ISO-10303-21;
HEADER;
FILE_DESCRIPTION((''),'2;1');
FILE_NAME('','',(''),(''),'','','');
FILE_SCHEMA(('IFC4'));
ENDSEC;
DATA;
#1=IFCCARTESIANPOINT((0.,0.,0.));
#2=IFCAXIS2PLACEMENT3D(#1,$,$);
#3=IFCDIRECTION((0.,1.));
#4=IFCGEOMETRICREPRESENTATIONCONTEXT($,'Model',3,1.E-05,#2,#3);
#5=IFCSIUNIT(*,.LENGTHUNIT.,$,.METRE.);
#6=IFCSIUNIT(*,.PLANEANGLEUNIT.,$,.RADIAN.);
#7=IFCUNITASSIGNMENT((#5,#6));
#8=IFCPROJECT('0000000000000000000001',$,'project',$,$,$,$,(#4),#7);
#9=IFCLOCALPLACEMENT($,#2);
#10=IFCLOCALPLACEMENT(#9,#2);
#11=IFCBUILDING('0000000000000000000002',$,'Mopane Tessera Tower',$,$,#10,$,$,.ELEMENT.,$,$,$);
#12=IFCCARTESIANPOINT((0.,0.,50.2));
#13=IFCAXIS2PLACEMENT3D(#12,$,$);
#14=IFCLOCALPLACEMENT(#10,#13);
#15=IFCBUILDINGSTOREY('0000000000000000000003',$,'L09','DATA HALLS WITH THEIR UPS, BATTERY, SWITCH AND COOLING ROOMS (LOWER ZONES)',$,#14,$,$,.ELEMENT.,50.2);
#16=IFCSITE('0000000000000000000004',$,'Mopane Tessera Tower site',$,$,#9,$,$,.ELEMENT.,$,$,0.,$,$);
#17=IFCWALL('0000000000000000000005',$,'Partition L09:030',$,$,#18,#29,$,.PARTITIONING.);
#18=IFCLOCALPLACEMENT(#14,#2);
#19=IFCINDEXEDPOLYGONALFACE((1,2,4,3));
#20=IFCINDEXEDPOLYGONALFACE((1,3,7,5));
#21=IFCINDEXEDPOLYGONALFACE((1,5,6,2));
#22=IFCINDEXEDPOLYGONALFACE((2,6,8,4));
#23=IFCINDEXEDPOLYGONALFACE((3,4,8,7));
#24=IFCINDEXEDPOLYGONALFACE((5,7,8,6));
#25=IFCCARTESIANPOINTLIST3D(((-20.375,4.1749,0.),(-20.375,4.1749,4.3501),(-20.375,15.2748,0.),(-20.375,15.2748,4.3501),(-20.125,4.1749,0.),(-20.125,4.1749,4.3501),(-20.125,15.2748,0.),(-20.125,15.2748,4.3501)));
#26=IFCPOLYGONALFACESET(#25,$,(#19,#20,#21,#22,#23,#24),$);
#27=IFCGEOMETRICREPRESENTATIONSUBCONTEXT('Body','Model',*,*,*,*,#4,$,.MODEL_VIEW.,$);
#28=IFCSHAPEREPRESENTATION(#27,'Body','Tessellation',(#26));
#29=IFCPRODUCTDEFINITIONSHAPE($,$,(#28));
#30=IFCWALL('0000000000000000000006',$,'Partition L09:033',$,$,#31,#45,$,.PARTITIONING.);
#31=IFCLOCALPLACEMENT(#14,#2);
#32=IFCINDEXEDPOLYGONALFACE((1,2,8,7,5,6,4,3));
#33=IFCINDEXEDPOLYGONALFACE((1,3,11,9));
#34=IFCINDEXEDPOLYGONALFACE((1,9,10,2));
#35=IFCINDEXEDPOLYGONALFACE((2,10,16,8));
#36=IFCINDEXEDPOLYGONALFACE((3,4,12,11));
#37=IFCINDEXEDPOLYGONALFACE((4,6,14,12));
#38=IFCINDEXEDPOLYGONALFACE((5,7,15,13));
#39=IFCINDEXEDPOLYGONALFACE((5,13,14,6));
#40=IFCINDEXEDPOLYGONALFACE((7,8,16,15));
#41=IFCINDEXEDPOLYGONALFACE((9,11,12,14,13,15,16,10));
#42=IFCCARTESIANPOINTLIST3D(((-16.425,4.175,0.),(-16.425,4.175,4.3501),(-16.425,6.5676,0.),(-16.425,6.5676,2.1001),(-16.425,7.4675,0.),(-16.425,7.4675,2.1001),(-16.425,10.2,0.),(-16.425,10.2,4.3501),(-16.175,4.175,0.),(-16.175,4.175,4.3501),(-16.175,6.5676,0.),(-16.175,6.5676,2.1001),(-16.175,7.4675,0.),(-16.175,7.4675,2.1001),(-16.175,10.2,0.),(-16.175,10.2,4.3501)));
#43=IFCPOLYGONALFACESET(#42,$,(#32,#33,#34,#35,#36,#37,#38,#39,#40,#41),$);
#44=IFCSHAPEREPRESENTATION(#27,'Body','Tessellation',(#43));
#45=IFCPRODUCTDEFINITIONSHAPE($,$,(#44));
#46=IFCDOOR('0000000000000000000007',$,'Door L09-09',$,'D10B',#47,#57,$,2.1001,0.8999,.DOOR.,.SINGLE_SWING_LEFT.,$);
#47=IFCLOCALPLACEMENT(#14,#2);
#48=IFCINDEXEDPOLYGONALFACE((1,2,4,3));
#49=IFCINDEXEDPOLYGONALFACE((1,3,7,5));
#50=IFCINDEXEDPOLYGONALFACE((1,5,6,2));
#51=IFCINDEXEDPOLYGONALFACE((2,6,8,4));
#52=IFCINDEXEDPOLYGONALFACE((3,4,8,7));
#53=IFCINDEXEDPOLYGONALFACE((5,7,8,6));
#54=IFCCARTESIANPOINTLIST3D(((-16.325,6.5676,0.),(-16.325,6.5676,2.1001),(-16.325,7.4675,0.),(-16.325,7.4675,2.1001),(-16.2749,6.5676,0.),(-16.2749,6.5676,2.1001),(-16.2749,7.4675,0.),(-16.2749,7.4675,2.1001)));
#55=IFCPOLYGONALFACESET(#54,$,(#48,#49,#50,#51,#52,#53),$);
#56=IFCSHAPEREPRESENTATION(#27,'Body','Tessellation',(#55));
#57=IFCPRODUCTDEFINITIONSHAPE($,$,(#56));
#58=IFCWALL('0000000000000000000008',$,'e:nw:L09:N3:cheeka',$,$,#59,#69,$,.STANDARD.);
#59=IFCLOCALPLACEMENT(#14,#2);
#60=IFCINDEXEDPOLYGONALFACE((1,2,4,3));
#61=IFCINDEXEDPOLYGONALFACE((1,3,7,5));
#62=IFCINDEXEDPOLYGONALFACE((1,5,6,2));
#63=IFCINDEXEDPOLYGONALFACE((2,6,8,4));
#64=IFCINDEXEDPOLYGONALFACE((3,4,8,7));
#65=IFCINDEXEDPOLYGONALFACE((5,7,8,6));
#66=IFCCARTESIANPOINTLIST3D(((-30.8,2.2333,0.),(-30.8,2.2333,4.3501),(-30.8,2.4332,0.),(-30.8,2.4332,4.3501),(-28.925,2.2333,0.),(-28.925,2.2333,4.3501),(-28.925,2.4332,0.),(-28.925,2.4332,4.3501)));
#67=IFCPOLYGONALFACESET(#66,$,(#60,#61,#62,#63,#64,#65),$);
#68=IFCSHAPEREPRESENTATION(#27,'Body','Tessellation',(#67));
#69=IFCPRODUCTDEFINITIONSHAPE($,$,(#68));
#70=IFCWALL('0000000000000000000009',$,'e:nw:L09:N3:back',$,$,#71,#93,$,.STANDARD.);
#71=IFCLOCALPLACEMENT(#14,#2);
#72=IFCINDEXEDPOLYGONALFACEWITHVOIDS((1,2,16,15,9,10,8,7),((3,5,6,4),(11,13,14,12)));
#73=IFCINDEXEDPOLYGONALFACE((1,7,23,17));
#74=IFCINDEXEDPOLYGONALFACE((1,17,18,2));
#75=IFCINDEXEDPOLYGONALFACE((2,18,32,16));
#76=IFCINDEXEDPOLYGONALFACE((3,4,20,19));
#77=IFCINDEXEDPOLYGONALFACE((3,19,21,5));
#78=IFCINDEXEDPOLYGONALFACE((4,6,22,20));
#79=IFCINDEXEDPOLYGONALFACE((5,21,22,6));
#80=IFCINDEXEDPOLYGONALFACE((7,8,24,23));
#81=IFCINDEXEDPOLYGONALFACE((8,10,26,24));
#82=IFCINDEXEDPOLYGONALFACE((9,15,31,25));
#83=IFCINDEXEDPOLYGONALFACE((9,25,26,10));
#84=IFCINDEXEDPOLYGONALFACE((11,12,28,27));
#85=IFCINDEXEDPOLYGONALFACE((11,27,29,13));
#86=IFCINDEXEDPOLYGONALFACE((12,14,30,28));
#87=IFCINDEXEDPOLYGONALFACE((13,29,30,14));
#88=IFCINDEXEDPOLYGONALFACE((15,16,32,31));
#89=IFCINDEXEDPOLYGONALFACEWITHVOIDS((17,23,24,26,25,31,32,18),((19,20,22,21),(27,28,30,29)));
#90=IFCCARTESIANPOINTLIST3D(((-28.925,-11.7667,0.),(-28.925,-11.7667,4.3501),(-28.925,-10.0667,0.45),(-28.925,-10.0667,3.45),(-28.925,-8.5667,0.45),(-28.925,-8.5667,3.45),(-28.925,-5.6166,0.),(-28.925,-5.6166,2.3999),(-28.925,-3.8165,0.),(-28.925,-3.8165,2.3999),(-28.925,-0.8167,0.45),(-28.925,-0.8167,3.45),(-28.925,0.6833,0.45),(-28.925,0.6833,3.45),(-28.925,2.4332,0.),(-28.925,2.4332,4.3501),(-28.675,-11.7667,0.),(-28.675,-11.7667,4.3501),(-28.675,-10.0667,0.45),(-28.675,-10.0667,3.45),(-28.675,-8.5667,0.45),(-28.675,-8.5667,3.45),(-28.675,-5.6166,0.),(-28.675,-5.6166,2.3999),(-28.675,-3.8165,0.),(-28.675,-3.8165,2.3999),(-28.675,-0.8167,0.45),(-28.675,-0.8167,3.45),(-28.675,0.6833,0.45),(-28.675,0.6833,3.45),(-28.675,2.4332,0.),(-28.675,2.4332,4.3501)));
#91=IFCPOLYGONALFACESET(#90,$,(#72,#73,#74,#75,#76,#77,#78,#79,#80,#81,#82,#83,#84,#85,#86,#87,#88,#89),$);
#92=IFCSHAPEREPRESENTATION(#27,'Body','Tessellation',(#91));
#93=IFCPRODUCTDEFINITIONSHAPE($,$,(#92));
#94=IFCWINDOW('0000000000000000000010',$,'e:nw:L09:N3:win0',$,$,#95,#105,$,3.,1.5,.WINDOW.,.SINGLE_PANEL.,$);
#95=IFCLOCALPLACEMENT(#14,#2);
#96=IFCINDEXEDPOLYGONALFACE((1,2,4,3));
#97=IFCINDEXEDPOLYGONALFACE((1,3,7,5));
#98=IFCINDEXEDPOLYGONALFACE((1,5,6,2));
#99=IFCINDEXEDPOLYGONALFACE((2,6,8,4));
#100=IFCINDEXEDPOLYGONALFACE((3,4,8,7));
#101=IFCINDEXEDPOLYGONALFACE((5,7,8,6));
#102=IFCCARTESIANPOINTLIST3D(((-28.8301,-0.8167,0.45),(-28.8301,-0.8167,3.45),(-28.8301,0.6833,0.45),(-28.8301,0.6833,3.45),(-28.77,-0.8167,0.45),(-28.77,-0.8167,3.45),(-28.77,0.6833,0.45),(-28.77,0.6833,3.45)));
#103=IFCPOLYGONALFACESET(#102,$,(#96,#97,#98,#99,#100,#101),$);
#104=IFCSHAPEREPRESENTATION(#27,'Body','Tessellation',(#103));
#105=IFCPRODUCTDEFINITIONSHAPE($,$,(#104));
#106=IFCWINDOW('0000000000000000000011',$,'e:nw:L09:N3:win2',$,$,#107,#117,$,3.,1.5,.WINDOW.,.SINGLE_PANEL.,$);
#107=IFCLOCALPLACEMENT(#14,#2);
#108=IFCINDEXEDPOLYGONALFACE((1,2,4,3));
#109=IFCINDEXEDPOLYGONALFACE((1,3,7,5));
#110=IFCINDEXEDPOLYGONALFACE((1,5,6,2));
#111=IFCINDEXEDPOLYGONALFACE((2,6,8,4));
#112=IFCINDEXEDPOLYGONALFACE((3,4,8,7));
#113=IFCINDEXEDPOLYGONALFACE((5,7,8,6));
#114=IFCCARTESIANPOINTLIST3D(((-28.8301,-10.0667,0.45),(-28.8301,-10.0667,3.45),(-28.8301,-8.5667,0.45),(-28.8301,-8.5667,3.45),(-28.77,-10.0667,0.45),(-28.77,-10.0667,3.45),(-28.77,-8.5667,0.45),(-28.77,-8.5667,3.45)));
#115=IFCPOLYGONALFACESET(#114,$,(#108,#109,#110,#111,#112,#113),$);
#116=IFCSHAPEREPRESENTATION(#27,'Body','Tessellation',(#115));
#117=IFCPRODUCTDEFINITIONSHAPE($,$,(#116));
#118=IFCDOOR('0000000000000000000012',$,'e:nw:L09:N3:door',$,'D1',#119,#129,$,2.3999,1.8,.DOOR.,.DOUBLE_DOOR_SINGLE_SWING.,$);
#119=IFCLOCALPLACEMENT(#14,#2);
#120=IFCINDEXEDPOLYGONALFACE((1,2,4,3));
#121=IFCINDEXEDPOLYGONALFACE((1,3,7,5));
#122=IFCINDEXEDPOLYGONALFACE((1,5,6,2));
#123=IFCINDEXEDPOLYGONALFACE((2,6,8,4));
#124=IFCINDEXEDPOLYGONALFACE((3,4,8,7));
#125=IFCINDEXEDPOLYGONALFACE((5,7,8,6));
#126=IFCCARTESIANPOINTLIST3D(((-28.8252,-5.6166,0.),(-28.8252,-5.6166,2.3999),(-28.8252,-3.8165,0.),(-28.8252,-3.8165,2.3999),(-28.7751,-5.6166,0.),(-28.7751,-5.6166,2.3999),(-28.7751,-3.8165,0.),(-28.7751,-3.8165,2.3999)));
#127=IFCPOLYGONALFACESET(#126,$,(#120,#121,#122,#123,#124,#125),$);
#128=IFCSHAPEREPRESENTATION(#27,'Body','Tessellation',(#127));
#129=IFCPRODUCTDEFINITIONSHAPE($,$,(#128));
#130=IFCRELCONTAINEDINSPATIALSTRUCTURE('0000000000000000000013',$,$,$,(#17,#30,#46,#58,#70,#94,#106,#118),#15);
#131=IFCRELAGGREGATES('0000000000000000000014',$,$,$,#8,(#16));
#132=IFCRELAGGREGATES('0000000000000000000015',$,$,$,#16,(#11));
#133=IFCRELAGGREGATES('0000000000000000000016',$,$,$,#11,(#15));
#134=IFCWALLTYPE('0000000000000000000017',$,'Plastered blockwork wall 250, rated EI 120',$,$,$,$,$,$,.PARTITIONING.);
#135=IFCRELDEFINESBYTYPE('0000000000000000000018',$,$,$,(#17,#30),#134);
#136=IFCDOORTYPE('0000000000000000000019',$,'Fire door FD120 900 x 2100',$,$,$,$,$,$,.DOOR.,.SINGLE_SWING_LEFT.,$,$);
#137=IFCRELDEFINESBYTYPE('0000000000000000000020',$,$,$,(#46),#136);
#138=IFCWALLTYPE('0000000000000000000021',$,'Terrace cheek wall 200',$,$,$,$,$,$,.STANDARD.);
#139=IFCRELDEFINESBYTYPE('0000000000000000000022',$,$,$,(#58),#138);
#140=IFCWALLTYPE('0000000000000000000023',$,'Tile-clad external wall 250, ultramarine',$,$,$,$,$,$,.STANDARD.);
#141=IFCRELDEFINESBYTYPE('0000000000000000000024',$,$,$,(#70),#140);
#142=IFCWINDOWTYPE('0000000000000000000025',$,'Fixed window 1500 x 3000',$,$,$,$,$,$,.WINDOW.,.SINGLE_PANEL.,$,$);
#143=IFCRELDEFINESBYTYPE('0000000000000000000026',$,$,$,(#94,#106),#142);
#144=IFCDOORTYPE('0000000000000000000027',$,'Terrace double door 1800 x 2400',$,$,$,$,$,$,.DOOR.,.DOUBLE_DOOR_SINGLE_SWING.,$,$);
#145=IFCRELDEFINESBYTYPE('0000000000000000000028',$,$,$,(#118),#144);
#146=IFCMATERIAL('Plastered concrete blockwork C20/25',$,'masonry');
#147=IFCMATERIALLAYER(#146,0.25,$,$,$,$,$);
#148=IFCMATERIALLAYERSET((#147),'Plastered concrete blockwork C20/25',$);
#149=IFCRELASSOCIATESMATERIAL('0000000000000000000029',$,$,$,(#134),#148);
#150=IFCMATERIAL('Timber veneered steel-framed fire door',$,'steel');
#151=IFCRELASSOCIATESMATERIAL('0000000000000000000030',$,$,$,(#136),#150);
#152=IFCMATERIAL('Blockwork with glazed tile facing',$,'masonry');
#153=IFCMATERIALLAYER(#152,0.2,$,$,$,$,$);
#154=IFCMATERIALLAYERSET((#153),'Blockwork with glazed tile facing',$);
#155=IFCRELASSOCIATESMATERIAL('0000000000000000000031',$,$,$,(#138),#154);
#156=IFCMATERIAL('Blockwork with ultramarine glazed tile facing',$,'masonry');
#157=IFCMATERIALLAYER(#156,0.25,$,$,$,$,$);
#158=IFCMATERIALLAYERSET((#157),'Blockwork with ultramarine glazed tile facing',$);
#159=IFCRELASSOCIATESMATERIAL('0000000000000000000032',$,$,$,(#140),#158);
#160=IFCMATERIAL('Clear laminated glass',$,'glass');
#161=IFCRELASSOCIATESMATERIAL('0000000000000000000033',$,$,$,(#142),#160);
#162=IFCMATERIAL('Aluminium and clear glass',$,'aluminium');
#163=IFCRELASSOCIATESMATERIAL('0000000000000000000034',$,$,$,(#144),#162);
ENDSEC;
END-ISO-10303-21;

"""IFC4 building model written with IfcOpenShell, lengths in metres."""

from ifc_helpers import new_model, si_unit, direction, frame, frame_2d, origin, place, context, subcontext, project, spatial, rectangle, extrude, material, layer, layer_set, type_object, element, fill, save


model = new_model("IFC4")

# Units and contexts
model_context = context("Model", 3, precision=1e-05, world=origin(), true_north=direction((0.0, 1.0)))
body_context = subcontext(model_context, "Body", "Model", "MODEL_VIEW")
ifc_project = project(units=[si_unit("LENGTHUNIT", "METRE"), si_unit("PLANEANGLEUNIT", "RADIAN")], contexts=[model_context])

# Site, building, storey
site_placement = place(None, origin())
site = spatial("IfcSite", under=ifc_project, at=site_placement, Name="Mopane Tessera Tower site", CompositionType="ELEMENT", RefElevation=0.0)
building_placement = place(site_placement, origin())
building = spatial("IfcBuilding", under=site, at=building_placement, Name="Mopane Tessera Tower", CompositionType="ELEMENT")
storey_placement = place(building_placement, frame((0.0, 0.0, 50.2)))
storey = spatial("IfcBuildingStorey", under=building, at=storey_placement, Name="L09", Description="DATA HALLS WITH THEIR UPS, BATTERY, SWITCH AND COOLING ROOMS (LOWER ZONES)", CompositionType="ELEMENT", Elevation=50.2)

# Wall
ifc_material_1 = material(Name="Plastered concrete blockwork C20/25", Category="masonry")
ifc_layer_1 = layer(ifc_material_1, 0.25)
ifc_layer_set_1 = layer_set([ifc_layer_1], Name="Plastered concrete blockwork C20/25")
wall_type_1 = type_object("IfcWallType", Name="Plastered blockwork wall 250, rated EI 120", PredefinedType="PARTITIONING", material=ifc_layer_set_1)
wall_1_placement = place(storey_placement, frame((-20.25, 4.175, 0.0), z_axis=(0.0, 0.0, 1.0), x_axis=(0.0, 1.0, 0.0)))
element("IfcWall", 1, at=wall_1_placement, inside=storey, type_object=wall_type_1, Name="Partition L09:030", PredefinedType="PARTITIONING", context=body_context, shape_type="SweptSolid", body=[
    extrude(rectangle(XDim=11.0999, YDim=0.25, at=frame_2d((5.5498, 0.0))), origin(), (0.0, 0.0, 1.0), 4.3501),
])

# Wall, opening, door
wall_2_placement = place(storey_placement, frame((-16.3, 4.175, 0.0), z_axis=(0.0, 0.0, 1.0), x_axis=(0.0, 1.0, 0.0)))
wall_2 = element("IfcWall", 2, at=wall_2_placement, inside=storey, type_object=wall_type_1, Name="Partition L09:033", PredefinedType="PARTITIONING", context=body_context, shape_type="SweptSolid", body=[
    extrude(rectangle(XDim=6.0249, YDim=0.25, at=frame_2d((3.0125, 0.0))), origin(), (0.0, 0.0, 1.0), 4.3501),
])
opening_1_placement = place(wall_2_placement, frame((2.3926, 0.0, 0.0)))
opening_1 = element("IfcOpeningElement", 3, at=opening_1_placement, cuts=wall_2, PredefinedType="OPENING", context=body_context, shape_type="SweptSolid", body=[
    extrude(rectangle(XDim=0.8999, YDim=2.1001, at=frame_2d((0.45, 1.05))), frame((0.0, 0.137, 0.0), z_axis=(0.0, -1.0, 0.0), x_axis=(1.0, 0.0, 0.0)), (0.0, 0.0, 1.0), 0.2739),
])
ifc_material_2 = material(Name="Timber veneered steel-framed fire door", Category="steel")
door_type_1 = type_object("IfcDoorType", Name="Fire door FD120 900 x 2100", OperationType="SINGLE_SWING_LEFT", PredefinedType="DOOR", material=ifc_material_2)
door_1_placement = place(opening_1_placement, origin())
door_1 = element("IfcDoor", 4, at=door_1_placement, inside=storey, type_object=door_type_1, Name="Door L09-09", ObjectType="D10B", OperationType="SINGLE_SWING_LEFT", OverallHeight=2.1001, OverallWidth=0.8999, PredefinedType="DOOR", context=body_context, shape_type="SweptSolid", body=[
    extrude(rectangle(XDim=0.8999, YDim=2.1001, at=frame_2d((0.45, 1.05))), frame((0.0, 0.0249, 0.0), z_axis=(0.0, -1.0, 0.0), x_axis=(1.0, 0.0, 0.0)), (0.0, 0.0, 1.0), 0.05),
])
fill(opening_1, door_1)

# Wall
ifc_material_3 = material(Name="Blockwork with glazed tile facing", Category="masonry")
ifc_layer_2 = layer(ifc_material_3, 0.2)
ifc_layer_set_2 = layer_set([ifc_layer_2], Name="Blockwork with glazed tile facing")
wall_type_2 = type_object("IfcWallType", Name="Terrace cheek wall 200", PredefinedType="STANDARD", material=ifc_layer_set_2)
wall_3_placement = place(storey_placement, frame((-30.8, 2.3333, 0.0), z_axis=(0.0, 0.0, 1.0), x_axis=(1.0, 0.0, 0.0)))
element("IfcWall", 5, at=wall_3_placement, inside=storey, type_object=wall_type_2, Name="e:nw:L09:N3:cheeka", PredefinedType="STANDARD", context=body_context, shape_type="SweptSolid", body=[
    extrude(rectangle(XDim=1.875, YDim=0.2, at=frame_2d((0.9375, 0.0))), origin(), (0.0, 0.0, 1.0), 4.3501),
])

# Wall, openings, windows, door
ifc_material_4 = material(Name="Blockwork with ultramarine glazed tile facing", Category="masonry")
ifc_layer_3 = layer(ifc_material_4, 0.25)
ifc_layer_set_3 = layer_set([ifc_layer_3], Name="Blockwork with ultramarine glazed tile facing")
wall_type_3 = type_object("IfcWallType", Name="Tile-clad external wall 250, ultramarine", PredefinedType="STANDARD", material=ifc_layer_set_3)
wall_4_placement = place(storey_placement, frame((-28.8, 2.4333, 0.0), z_axis=(0.0, 0.0, 1.0), x_axis=(0.0, -1.0, 0.0)))
wall_4 = element("IfcWall", 6, at=wall_4_placement, inside=storey, type_object=wall_type_3, Name="e:nw:L09:N3:back", PredefinedType="STANDARD", context=body_context, shape_type="SweptSolid", body=[
    extrude(rectangle(XDim=14.2, YDim=0.25, at=frame_2d((7.1001, 0.0))), origin(), (0.0, 0.0, 1.0), 4.3501),
])
opening_2_placement = place(wall_4_placement, frame((1.75, 0.0, 0.45)))
opening_2 = element("IfcOpeningElement", 7, at=opening_2_placement, cuts=wall_4, PredefinedType="OPENING", context=body_context, shape_type="SweptSolid", body=[
    extrude(rectangle(XDim=1.5, YDim=3.0, at=frame_2d((0.75, 1.5))), frame((0.0, 0.137, 0.0), z_axis=(0.0, -1.0, 0.0), x_axis=(1.0, 0.0, 0.0)), (0.0, 0.0, 1.0), 0.2739),
])
opening_3_placement = place(wall_4_placement, frame((6.25, 0.0, 0.0)))
opening_3 = element("IfcOpeningElement", 8, at=opening_3_placement, cuts=wall_4, PredefinedType="OPENING", context=body_context, shape_type="SweptSolid", body=[
    extrude(rectangle(XDim=1.8, YDim=2.3999, at=frame_2d((0.8999, 1.2))), frame((0.0, 0.137, 0.0), z_axis=(0.0, -1.0, 0.0), x_axis=(1.0, 0.0, 0.0)), (0.0, 0.0, 1.0), 0.2739),
])
opening_4_placement = place(wall_4_placement, frame((11.0, 0.0, 0.45)))
opening_4 = element("IfcOpeningElement", 9, at=opening_4_placement, cuts=wall_4, PredefinedType="OPENING", context=body_context, shape_type="SweptSolid", body=[
    extrude(rectangle(XDim=1.5, YDim=3.0, at=frame_2d((0.75, 1.5))), frame((0.0, 0.137, 0.0), z_axis=(0.0, -1.0, 0.0), x_axis=(1.0, 0.0, 0.0)), (0.0, 0.0, 1.0), 0.2739),
])
ifc_material_5 = material(Name="Clear laminated glass", Category="glass")
window_type = type_object("IfcWindowType", Name="Fixed window 1500 x 3000", PartitioningType="SINGLE_PANEL", PredefinedType="WINDOW", material=ifc_material_5)
window_1_placement = place(opening_2_placement, origin())
window_1 = element("IfcWindow", 10, at=window_1_placement, inside=storey, type_object=window_type, Name="e:nw:L09:N3:win0", OverallHeight=3.0, OverallWidth=1.5, PartitioningType="SINGLE_PANEL", PredefinedType="WINDOW", context=body_context, shape_type="SweptSolid", body=[
    extrude(rectangle(XDim=1.5, YDim=3.0, at=frame_2d((0.75, 1.5))), frame((0.0, 0.03, 0.0), z_axis=(0.0, -1.0, 0.0), x_axis=(1.0, 0.0, 0.0)), (0.0, 0.0, 1.0), 0.0601),
])
fill(opening_2, window_1)
window_2_placement = place(opening_4_placement, origin())
window_2 = element("IfcWindow", 11, at=window_2_placement, inside=storey, type_object=window_type, Name="e:nw:L09:N3:win2", OverallHeight=3.0, OverallWidth=1.5, PartitioningType="SINGLE_PANEL", PredefinedType="WINDOW", context=body_context, shape_type="SweptSolid", body=[
    extrude(rectangle(XDim=1.5, YDim=3.0, at=frame_2d((0.75, 1.5))), frame((0.0, 0.03, 0.0), z_axis=(0.0, -1.0, 0.0), x_axis=(1.0, 0.0, 0.0)), (0.0, 0.0, 1.0), 0.0601),
])
fill(opening_4, window_2)
ifc_material_6 = material(Name="Aluminium and clear glass", Category="aluminium")
door_type_2 = type_object("IfcDoorType", Name="Terrace double door 1800 x 2400", OperationType="DOUBLE_DOOR_SINGLE_SWING", PredefinedType="DOOR", material=ifc_material_6)
door_2_placement = place(opening_3_placement, origin())
door_2 = element("IfcDoor", 12, at=door_2_placement, inside=storey, type_object=door_type_2, Name="e:nw:L09:N3:door", ObjectType="D1", OperationType="DOUBLE_DOOR_SINGLE_SWING", OverallHeight=2.3999, OverallWidth=1.8, PredefinedType="DOOR", context=body_context, shape_type="SweptSolid", body=[
    extrude(rectangle(XDim=1.8, YDim=2.3999, at=frame_2d((0.8999, 1.2))), frame((0.0, 0.0249, 0.0), z_axis=(0.0, -1.0, 0.0), x_axis=(1.0, 0.0, 0.0)), (0.0, 0.0, 1.0), 0.05),
])
fill(opening_3, door_2)

save(model, "model.ifc")
